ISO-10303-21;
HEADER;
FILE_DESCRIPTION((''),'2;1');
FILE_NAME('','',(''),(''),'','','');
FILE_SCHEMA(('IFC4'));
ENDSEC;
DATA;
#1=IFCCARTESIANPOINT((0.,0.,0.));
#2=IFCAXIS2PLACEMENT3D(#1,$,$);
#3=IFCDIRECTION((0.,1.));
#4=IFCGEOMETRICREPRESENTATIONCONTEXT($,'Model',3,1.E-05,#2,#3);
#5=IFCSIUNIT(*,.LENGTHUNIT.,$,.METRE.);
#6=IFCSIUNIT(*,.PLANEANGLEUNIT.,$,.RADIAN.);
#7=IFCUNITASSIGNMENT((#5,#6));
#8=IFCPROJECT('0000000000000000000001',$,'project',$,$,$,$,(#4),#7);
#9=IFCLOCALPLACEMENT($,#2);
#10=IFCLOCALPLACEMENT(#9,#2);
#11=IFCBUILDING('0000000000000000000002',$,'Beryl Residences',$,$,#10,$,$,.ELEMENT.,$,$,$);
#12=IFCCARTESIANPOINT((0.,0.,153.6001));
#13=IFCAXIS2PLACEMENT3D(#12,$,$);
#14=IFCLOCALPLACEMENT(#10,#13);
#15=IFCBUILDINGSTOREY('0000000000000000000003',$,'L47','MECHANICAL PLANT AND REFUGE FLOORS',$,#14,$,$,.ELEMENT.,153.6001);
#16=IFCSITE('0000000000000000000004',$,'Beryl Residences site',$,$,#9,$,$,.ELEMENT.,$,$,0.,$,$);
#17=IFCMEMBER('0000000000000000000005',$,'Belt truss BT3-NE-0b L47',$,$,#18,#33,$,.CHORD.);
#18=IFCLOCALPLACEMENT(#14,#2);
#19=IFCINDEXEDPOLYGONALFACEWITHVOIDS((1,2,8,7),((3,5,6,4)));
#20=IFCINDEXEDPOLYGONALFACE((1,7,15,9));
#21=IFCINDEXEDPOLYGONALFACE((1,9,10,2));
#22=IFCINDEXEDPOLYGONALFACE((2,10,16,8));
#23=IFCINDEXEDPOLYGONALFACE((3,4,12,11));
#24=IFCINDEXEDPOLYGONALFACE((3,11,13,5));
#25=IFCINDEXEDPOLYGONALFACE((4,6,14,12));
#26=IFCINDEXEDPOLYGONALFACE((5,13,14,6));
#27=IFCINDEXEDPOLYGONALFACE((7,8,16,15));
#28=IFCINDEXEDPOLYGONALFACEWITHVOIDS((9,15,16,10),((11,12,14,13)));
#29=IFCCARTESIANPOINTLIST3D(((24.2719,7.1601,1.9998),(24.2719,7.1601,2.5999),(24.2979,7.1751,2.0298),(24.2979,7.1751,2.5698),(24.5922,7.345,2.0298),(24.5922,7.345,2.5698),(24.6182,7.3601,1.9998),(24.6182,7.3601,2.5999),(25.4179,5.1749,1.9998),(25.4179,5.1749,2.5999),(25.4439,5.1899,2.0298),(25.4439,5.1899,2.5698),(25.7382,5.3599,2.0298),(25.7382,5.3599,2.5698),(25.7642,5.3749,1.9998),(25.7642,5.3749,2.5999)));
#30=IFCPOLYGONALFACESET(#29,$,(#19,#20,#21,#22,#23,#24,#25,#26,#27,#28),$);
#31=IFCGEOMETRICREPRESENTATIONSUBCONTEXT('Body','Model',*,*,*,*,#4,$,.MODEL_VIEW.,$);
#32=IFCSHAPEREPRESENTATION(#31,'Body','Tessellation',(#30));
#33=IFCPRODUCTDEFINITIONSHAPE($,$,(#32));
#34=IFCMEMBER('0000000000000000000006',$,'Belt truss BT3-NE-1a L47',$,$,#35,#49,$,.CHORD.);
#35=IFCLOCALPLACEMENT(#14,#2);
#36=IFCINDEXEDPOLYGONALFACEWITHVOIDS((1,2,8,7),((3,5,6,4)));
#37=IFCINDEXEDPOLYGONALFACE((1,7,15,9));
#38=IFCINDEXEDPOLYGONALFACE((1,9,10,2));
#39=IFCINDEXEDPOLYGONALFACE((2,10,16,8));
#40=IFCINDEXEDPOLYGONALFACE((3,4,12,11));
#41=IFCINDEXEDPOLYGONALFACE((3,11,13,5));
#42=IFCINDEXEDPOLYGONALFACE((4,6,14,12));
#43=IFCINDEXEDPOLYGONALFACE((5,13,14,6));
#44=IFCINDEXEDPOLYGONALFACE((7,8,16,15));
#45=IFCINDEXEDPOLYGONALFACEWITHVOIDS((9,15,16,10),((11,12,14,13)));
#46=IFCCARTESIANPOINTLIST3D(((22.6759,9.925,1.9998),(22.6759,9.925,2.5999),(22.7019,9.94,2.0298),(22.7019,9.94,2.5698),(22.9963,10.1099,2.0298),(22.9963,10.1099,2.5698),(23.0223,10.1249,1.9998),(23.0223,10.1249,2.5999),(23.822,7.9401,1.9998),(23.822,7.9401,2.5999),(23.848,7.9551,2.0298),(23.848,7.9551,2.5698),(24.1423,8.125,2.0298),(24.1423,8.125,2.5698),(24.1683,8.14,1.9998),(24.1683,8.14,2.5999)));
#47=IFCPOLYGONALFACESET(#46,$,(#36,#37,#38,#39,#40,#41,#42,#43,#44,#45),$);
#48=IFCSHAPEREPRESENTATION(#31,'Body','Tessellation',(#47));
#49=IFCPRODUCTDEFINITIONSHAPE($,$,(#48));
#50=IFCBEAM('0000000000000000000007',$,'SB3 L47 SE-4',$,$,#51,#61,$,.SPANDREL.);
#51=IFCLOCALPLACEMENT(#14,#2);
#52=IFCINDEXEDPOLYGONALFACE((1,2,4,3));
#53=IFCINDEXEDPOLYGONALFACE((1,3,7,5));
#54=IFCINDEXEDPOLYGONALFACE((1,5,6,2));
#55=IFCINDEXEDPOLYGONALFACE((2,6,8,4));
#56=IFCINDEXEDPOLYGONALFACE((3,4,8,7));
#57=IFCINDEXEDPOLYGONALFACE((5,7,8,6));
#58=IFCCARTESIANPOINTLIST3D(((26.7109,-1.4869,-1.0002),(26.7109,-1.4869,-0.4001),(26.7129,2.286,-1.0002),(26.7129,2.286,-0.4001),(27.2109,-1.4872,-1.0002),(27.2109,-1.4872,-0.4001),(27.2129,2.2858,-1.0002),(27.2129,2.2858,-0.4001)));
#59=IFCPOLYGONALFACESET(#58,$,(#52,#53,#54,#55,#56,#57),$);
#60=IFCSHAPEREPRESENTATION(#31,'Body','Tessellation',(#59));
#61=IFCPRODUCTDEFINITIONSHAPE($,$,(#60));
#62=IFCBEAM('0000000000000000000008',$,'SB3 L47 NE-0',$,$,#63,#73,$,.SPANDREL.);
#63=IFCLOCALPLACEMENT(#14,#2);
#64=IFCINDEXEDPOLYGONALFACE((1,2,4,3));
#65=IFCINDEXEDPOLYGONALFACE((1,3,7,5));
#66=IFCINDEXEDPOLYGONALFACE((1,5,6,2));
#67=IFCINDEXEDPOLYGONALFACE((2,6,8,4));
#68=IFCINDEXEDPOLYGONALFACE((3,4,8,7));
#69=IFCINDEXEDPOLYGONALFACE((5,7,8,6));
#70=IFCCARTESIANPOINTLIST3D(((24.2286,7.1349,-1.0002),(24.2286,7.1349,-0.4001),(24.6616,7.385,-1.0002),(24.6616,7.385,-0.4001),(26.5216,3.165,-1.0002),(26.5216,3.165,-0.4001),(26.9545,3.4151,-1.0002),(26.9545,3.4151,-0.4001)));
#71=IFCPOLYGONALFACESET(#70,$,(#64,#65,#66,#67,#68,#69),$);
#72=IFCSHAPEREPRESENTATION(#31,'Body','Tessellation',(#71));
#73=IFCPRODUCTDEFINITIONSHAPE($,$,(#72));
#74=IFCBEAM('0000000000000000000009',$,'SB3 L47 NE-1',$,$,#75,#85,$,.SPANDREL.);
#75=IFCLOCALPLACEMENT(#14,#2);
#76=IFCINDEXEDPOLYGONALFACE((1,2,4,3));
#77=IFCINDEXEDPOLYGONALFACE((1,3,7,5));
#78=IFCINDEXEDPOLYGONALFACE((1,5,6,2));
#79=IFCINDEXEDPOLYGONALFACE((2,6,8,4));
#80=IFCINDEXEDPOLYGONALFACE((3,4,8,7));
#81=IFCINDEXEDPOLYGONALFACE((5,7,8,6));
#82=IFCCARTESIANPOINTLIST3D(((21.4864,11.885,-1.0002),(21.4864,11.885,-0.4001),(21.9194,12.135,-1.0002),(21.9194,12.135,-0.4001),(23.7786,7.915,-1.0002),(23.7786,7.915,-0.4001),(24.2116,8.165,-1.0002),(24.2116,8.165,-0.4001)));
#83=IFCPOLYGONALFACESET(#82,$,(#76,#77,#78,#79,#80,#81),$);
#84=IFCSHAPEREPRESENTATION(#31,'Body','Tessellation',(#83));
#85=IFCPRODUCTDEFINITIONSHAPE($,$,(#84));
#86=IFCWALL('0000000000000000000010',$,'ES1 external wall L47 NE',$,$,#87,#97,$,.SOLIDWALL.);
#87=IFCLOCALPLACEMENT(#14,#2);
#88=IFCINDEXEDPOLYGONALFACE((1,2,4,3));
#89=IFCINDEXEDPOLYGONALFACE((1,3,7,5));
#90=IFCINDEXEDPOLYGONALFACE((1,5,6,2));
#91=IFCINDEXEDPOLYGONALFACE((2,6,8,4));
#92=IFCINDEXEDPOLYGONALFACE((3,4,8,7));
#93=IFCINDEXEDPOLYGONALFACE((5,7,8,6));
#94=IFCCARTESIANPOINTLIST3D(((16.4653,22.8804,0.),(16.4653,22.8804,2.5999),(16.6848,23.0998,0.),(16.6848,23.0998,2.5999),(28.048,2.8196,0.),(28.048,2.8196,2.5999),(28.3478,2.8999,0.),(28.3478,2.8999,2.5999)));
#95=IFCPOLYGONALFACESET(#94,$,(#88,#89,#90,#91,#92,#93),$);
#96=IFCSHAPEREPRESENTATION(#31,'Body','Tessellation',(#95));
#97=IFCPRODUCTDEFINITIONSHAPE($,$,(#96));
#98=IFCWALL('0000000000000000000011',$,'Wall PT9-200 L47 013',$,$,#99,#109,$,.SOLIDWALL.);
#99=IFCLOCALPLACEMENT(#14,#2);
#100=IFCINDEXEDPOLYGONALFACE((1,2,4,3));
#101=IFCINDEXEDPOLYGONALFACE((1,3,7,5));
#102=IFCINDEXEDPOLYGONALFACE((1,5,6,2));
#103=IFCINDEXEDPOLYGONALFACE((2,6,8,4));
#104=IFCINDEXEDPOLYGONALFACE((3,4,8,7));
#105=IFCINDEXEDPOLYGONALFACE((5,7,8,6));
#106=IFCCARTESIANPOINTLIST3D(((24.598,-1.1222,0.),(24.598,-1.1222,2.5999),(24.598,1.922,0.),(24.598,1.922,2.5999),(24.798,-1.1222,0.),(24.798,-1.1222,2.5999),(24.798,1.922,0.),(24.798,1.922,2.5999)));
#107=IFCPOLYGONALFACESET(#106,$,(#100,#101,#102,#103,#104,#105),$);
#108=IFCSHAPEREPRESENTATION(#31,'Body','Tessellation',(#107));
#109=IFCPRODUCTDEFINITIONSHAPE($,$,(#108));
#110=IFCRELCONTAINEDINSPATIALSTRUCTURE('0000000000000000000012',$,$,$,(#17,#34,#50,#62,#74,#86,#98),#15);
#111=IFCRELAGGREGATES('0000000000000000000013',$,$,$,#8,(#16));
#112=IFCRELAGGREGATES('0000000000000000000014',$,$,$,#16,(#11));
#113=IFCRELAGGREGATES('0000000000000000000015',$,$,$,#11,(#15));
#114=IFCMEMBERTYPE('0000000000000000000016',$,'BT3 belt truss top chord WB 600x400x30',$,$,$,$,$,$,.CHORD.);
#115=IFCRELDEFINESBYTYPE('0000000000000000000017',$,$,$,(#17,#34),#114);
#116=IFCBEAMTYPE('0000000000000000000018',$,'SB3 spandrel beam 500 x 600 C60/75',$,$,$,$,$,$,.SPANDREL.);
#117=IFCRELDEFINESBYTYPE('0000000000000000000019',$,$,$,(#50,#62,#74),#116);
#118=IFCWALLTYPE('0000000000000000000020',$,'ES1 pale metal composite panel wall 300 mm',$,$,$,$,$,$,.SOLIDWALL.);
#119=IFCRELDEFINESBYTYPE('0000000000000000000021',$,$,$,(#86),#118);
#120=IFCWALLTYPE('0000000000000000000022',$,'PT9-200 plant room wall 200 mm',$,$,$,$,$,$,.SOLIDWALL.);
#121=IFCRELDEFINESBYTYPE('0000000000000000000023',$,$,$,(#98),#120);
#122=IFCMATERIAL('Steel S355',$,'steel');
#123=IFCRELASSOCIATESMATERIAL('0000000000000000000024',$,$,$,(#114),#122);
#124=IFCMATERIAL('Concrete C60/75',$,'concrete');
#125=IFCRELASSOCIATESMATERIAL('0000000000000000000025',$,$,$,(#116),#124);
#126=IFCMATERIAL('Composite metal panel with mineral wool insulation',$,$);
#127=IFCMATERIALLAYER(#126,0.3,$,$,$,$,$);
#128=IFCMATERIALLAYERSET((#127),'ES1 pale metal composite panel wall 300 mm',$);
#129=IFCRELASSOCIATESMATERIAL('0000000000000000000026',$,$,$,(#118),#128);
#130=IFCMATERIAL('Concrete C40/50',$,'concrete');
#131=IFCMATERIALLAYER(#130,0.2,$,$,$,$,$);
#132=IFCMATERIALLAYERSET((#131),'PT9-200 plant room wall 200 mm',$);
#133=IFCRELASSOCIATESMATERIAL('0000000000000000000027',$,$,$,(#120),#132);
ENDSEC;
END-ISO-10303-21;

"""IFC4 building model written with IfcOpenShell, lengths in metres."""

from ifc_helpers import new_model, si_unit, direction, frame, frame_2d, origin, origin_2d, place, context, subcontext, project, spatial, polyline, rectangle, hollow_rectangle, outline, extrude, material, layer, layer_set, material_profile, profile_set, type_object, element, save


model = new_model("IFC4")

# Units and contexts
model_context = context("Model", 3, precision=1e-05, world=origin(), true_north=direction((0.0, 1.0)))
body_context = subcontext(model_context, "Body", "Model", "MODEL_VIEW")
ifc_project = project(units=[si_unit("LENGTHUNIT", "METRE"), si_unit("PLANEANGLEUNIT", "RADIAN")], contexts=[model_context])

# Site, building, storey
site_placement = place(None, origin())
site = spatial("IfcSite", under=ifc_project, at=site_placement, Name="Beryl Residences site", CompositionType="ELEMENT", RefElevation=0.0)
building_placement = place(site_placement, origin())
building = spatial("IfcBuilding", under=site, at=building_placement, Name="Beryl Residences", CompositionType="ELEMENT")
storey_placement = place(building_placement, frame((0.0, 0.0, 153.6001)))
storey = spatial("IfcBuildingStorey", under=building, at=storey_placement, Name="L47", Description="MECHANICAL PLANT AND REFUGE FLOORS", CompositionType="ELEMENT", Elevation=153.6001)

# Members
ifc_material_1 = material(Name="Steel S355", Category="steel")
ifc_material_profile_1 = material_profile(ifc_material_1, hollow_rectangle(XDim=0.3999, YDim=0.6001, WallThickness=0.03, at=origin_2d()))
ifc_profile_set_1 = profile_set([ifc_material_profile_1], Name="Steel S355")
member_type_1 = type_object("IfcMemberType", Name="BT3 belt truss top chord WB 600x400x30", PredefinedType="CHORD", material=ifc_profile_set_1)
member_1_placement = place(storey_placement, frame((25.5911, 5.2749, 2.2998), z_axis=(-0.499965, 0.866045, 0.0), x_axis=(-0.866045, -0.499965, 0.0)))
element("IfcMember", 1, at=member_1_placement, inside=storey, type_object=member_type_1, Name="Belt truss BT3-NE-0b L47", PredefinedType="CHORD", context=body_context, shape_type="SweptSolid", body=[
    extrude(hollow_rectangle(XDim=0.3999, YDim=0.6001, WallThickness=0.03, at=origin_2d()), origin(), (0.0, 0.0, 1.0), 2.2922),
])
member_2_placement = place(storey_placement, frame((23.9951, 8.04, 2.2998), z_axis=(-0.500011, 0.866019, 0.0), x_axis=(-0.866019, -0.500011, 0.0)))
element("IfcMember", 2, at=member_2_placement, inside=storey, type_object=member_type_1, Name="Belt truss BT3-NE-1a L47", PredefinedType="CHORD", context=body_context, shape_type="SweptSolid", body=[
    extrude(hollow_rectangle(XDim=0.3999, YDim=0.6001, WallThickness=0.03, at=origin_2d()), origin(), (0.0, 0.0, 1.0), 2.292),
])

# Beams
ifc_material_2 = material(Name="Concrete C60/75", Category="concrete")
ifc_material_profile_2 = material_profile(ifc_material_2, rectangle(XDim=0.5, YDim=0.6001, at=origin_2d()))
ifc_profile_set_2 = profile_set([ifc_material_profile_2], Name="Concrete C60/75")
beam_type = type_object("IfcBeamType", Name="SB3 spandrel beam 500 x 600 C60/75", PredefinedType="SPANDREL", material=ifc_profile_set_2)
beam_1_placement = place(storey_placement, frame((26.9609, -1.4871, -0.7002), z_axis=(0.000518, 1.0, 0.0), x_axis=(-1.0, 0.000518, 0.0)))
element("IfcBeam", 3, at=beam_1_placement, inside=storey, type_object=beam_type, Name="SB3 L47 SE-4", PredefinedType="SPANDREL", context=body_context, shape_type="SweptSolid", body=[
    extrude(rectangle(XDim=0.5, YDim=0.6001, at=origin_2d()), origin(), (0.0, 0.0, 1.0), 3.7729),
])
beam_2_placement = place(storey_placement, frame((26.738, 3.29, -0.7002), z_axis=(-0.500148, 0.86594, 0.0), x_axis=(-0.86594, -0.500148, 0.0)))
element("IfcBeam", 4, at=beam_2_placement, inside=storey, type_object=beam_type, Name="SB3 L47 NE-0", PredefinedType="SPANDREL", context=body_context, shape_type="SweptSolid", body=[
    extrude(rectangle(XDim=0.5, YDim=0.6001, at=origin_2d()), origin(), (0.0, 0.0, 1.0), 4.5845),
])
beam_3_placement = place(storey_placement, frame((23.9951, 8.04, -0.7002), z_axis=(-0.500028, 0.866009, 0.0), x_axis=(-0.866009, -0.500028, 0.0)))
element("IfcBeam", 5, at=beam_3_placement, inside=storey, type_object=beam_type, Name="SB3 L47 NE-1", PredefinedType="SPANDREL", context=body_context, shape_type="SweptSolid", body=[
    extrude(rectangle(XDim=0.5, YDim=0.6001, at=origin_2d()), origin(), (0.0, 0.0, 1.0), 4.5842),
])

# Walls
ifc_material_3 = material(Name="Composite metal panel with mineral wool insulation")
ifc_layer_1 = layer(ifc_material_3, 0.3)
ifc_layer_set_1 = layer_set([ifc_layer_1], Name="ES1 pale metal composite panel wall 300 mm")
wall_type_1 = type_object("IfcWallType", Name="ES1 pale metal composite panel wall 300 mm", PredefinedType="SOLIDWALL", material=ifc_layer_set_1)
wall_1_placement = place(storey_placement, frame((28.218, 2.825, 0.0), z_axis=(0.0, 0.0, 1.0), x_axis=(-0.500021, 0.866014, 0.0)))
element("IfcWall", 6, at=wall_1_placement, inside=storey, type_object=wall_type_1, Name="ES1 external wall L47 NE", PredefinedType="SOLIDWALL", context=body_context, shape_type="SweptSolid", body=[
    extrude(outline(polyline([(0.0, -0.1499), (23.3252, -0.1499), (23.2449, 0.1499), (0.0803, 0.1499), (0.0, -0.1499)])), origin(), (0.0, 0.0, 1.0), 2.5999),
])
ifc_material_4 = material(Name="Concrete C40/50", Category="concrete")
ifc_layer_2 = layer(ifc_material_4, 0.2)
ifc_layer_set_2 = layer_set([ifc_layer_2], Name="PT9-200 plant room wall 200 mm")
wall_type_2 = type_object("IfcWallType", Name="PT9-200 plant room wall 200 mm", PredefinedType="SOLIDWALL", material=ifc_layer_set_2)
wall_2_placement = place(storey_placement, frame((24.698, -1.1221, 0.0), z_axis=(0.0, 0.0, 1.0), x_axis=(0.0, 1.0, 0.0)))
element("IfcWall", 7, at=wall_2_placement, inside=storey, type_object=wall_type_2, Name="Wall PT9-200 L47 013", PredefinedType="SOLIDWALL", context=body_context, shape_type="SweptSolid", body=[
    extrude(rectangle(XDim=3.0442, YDim=0.2, at=frame_2d((1.522, 0.0))), origin(), (0.0, 0.0, 1.0), 2.5999),
])

save(model, "model.ifc")
